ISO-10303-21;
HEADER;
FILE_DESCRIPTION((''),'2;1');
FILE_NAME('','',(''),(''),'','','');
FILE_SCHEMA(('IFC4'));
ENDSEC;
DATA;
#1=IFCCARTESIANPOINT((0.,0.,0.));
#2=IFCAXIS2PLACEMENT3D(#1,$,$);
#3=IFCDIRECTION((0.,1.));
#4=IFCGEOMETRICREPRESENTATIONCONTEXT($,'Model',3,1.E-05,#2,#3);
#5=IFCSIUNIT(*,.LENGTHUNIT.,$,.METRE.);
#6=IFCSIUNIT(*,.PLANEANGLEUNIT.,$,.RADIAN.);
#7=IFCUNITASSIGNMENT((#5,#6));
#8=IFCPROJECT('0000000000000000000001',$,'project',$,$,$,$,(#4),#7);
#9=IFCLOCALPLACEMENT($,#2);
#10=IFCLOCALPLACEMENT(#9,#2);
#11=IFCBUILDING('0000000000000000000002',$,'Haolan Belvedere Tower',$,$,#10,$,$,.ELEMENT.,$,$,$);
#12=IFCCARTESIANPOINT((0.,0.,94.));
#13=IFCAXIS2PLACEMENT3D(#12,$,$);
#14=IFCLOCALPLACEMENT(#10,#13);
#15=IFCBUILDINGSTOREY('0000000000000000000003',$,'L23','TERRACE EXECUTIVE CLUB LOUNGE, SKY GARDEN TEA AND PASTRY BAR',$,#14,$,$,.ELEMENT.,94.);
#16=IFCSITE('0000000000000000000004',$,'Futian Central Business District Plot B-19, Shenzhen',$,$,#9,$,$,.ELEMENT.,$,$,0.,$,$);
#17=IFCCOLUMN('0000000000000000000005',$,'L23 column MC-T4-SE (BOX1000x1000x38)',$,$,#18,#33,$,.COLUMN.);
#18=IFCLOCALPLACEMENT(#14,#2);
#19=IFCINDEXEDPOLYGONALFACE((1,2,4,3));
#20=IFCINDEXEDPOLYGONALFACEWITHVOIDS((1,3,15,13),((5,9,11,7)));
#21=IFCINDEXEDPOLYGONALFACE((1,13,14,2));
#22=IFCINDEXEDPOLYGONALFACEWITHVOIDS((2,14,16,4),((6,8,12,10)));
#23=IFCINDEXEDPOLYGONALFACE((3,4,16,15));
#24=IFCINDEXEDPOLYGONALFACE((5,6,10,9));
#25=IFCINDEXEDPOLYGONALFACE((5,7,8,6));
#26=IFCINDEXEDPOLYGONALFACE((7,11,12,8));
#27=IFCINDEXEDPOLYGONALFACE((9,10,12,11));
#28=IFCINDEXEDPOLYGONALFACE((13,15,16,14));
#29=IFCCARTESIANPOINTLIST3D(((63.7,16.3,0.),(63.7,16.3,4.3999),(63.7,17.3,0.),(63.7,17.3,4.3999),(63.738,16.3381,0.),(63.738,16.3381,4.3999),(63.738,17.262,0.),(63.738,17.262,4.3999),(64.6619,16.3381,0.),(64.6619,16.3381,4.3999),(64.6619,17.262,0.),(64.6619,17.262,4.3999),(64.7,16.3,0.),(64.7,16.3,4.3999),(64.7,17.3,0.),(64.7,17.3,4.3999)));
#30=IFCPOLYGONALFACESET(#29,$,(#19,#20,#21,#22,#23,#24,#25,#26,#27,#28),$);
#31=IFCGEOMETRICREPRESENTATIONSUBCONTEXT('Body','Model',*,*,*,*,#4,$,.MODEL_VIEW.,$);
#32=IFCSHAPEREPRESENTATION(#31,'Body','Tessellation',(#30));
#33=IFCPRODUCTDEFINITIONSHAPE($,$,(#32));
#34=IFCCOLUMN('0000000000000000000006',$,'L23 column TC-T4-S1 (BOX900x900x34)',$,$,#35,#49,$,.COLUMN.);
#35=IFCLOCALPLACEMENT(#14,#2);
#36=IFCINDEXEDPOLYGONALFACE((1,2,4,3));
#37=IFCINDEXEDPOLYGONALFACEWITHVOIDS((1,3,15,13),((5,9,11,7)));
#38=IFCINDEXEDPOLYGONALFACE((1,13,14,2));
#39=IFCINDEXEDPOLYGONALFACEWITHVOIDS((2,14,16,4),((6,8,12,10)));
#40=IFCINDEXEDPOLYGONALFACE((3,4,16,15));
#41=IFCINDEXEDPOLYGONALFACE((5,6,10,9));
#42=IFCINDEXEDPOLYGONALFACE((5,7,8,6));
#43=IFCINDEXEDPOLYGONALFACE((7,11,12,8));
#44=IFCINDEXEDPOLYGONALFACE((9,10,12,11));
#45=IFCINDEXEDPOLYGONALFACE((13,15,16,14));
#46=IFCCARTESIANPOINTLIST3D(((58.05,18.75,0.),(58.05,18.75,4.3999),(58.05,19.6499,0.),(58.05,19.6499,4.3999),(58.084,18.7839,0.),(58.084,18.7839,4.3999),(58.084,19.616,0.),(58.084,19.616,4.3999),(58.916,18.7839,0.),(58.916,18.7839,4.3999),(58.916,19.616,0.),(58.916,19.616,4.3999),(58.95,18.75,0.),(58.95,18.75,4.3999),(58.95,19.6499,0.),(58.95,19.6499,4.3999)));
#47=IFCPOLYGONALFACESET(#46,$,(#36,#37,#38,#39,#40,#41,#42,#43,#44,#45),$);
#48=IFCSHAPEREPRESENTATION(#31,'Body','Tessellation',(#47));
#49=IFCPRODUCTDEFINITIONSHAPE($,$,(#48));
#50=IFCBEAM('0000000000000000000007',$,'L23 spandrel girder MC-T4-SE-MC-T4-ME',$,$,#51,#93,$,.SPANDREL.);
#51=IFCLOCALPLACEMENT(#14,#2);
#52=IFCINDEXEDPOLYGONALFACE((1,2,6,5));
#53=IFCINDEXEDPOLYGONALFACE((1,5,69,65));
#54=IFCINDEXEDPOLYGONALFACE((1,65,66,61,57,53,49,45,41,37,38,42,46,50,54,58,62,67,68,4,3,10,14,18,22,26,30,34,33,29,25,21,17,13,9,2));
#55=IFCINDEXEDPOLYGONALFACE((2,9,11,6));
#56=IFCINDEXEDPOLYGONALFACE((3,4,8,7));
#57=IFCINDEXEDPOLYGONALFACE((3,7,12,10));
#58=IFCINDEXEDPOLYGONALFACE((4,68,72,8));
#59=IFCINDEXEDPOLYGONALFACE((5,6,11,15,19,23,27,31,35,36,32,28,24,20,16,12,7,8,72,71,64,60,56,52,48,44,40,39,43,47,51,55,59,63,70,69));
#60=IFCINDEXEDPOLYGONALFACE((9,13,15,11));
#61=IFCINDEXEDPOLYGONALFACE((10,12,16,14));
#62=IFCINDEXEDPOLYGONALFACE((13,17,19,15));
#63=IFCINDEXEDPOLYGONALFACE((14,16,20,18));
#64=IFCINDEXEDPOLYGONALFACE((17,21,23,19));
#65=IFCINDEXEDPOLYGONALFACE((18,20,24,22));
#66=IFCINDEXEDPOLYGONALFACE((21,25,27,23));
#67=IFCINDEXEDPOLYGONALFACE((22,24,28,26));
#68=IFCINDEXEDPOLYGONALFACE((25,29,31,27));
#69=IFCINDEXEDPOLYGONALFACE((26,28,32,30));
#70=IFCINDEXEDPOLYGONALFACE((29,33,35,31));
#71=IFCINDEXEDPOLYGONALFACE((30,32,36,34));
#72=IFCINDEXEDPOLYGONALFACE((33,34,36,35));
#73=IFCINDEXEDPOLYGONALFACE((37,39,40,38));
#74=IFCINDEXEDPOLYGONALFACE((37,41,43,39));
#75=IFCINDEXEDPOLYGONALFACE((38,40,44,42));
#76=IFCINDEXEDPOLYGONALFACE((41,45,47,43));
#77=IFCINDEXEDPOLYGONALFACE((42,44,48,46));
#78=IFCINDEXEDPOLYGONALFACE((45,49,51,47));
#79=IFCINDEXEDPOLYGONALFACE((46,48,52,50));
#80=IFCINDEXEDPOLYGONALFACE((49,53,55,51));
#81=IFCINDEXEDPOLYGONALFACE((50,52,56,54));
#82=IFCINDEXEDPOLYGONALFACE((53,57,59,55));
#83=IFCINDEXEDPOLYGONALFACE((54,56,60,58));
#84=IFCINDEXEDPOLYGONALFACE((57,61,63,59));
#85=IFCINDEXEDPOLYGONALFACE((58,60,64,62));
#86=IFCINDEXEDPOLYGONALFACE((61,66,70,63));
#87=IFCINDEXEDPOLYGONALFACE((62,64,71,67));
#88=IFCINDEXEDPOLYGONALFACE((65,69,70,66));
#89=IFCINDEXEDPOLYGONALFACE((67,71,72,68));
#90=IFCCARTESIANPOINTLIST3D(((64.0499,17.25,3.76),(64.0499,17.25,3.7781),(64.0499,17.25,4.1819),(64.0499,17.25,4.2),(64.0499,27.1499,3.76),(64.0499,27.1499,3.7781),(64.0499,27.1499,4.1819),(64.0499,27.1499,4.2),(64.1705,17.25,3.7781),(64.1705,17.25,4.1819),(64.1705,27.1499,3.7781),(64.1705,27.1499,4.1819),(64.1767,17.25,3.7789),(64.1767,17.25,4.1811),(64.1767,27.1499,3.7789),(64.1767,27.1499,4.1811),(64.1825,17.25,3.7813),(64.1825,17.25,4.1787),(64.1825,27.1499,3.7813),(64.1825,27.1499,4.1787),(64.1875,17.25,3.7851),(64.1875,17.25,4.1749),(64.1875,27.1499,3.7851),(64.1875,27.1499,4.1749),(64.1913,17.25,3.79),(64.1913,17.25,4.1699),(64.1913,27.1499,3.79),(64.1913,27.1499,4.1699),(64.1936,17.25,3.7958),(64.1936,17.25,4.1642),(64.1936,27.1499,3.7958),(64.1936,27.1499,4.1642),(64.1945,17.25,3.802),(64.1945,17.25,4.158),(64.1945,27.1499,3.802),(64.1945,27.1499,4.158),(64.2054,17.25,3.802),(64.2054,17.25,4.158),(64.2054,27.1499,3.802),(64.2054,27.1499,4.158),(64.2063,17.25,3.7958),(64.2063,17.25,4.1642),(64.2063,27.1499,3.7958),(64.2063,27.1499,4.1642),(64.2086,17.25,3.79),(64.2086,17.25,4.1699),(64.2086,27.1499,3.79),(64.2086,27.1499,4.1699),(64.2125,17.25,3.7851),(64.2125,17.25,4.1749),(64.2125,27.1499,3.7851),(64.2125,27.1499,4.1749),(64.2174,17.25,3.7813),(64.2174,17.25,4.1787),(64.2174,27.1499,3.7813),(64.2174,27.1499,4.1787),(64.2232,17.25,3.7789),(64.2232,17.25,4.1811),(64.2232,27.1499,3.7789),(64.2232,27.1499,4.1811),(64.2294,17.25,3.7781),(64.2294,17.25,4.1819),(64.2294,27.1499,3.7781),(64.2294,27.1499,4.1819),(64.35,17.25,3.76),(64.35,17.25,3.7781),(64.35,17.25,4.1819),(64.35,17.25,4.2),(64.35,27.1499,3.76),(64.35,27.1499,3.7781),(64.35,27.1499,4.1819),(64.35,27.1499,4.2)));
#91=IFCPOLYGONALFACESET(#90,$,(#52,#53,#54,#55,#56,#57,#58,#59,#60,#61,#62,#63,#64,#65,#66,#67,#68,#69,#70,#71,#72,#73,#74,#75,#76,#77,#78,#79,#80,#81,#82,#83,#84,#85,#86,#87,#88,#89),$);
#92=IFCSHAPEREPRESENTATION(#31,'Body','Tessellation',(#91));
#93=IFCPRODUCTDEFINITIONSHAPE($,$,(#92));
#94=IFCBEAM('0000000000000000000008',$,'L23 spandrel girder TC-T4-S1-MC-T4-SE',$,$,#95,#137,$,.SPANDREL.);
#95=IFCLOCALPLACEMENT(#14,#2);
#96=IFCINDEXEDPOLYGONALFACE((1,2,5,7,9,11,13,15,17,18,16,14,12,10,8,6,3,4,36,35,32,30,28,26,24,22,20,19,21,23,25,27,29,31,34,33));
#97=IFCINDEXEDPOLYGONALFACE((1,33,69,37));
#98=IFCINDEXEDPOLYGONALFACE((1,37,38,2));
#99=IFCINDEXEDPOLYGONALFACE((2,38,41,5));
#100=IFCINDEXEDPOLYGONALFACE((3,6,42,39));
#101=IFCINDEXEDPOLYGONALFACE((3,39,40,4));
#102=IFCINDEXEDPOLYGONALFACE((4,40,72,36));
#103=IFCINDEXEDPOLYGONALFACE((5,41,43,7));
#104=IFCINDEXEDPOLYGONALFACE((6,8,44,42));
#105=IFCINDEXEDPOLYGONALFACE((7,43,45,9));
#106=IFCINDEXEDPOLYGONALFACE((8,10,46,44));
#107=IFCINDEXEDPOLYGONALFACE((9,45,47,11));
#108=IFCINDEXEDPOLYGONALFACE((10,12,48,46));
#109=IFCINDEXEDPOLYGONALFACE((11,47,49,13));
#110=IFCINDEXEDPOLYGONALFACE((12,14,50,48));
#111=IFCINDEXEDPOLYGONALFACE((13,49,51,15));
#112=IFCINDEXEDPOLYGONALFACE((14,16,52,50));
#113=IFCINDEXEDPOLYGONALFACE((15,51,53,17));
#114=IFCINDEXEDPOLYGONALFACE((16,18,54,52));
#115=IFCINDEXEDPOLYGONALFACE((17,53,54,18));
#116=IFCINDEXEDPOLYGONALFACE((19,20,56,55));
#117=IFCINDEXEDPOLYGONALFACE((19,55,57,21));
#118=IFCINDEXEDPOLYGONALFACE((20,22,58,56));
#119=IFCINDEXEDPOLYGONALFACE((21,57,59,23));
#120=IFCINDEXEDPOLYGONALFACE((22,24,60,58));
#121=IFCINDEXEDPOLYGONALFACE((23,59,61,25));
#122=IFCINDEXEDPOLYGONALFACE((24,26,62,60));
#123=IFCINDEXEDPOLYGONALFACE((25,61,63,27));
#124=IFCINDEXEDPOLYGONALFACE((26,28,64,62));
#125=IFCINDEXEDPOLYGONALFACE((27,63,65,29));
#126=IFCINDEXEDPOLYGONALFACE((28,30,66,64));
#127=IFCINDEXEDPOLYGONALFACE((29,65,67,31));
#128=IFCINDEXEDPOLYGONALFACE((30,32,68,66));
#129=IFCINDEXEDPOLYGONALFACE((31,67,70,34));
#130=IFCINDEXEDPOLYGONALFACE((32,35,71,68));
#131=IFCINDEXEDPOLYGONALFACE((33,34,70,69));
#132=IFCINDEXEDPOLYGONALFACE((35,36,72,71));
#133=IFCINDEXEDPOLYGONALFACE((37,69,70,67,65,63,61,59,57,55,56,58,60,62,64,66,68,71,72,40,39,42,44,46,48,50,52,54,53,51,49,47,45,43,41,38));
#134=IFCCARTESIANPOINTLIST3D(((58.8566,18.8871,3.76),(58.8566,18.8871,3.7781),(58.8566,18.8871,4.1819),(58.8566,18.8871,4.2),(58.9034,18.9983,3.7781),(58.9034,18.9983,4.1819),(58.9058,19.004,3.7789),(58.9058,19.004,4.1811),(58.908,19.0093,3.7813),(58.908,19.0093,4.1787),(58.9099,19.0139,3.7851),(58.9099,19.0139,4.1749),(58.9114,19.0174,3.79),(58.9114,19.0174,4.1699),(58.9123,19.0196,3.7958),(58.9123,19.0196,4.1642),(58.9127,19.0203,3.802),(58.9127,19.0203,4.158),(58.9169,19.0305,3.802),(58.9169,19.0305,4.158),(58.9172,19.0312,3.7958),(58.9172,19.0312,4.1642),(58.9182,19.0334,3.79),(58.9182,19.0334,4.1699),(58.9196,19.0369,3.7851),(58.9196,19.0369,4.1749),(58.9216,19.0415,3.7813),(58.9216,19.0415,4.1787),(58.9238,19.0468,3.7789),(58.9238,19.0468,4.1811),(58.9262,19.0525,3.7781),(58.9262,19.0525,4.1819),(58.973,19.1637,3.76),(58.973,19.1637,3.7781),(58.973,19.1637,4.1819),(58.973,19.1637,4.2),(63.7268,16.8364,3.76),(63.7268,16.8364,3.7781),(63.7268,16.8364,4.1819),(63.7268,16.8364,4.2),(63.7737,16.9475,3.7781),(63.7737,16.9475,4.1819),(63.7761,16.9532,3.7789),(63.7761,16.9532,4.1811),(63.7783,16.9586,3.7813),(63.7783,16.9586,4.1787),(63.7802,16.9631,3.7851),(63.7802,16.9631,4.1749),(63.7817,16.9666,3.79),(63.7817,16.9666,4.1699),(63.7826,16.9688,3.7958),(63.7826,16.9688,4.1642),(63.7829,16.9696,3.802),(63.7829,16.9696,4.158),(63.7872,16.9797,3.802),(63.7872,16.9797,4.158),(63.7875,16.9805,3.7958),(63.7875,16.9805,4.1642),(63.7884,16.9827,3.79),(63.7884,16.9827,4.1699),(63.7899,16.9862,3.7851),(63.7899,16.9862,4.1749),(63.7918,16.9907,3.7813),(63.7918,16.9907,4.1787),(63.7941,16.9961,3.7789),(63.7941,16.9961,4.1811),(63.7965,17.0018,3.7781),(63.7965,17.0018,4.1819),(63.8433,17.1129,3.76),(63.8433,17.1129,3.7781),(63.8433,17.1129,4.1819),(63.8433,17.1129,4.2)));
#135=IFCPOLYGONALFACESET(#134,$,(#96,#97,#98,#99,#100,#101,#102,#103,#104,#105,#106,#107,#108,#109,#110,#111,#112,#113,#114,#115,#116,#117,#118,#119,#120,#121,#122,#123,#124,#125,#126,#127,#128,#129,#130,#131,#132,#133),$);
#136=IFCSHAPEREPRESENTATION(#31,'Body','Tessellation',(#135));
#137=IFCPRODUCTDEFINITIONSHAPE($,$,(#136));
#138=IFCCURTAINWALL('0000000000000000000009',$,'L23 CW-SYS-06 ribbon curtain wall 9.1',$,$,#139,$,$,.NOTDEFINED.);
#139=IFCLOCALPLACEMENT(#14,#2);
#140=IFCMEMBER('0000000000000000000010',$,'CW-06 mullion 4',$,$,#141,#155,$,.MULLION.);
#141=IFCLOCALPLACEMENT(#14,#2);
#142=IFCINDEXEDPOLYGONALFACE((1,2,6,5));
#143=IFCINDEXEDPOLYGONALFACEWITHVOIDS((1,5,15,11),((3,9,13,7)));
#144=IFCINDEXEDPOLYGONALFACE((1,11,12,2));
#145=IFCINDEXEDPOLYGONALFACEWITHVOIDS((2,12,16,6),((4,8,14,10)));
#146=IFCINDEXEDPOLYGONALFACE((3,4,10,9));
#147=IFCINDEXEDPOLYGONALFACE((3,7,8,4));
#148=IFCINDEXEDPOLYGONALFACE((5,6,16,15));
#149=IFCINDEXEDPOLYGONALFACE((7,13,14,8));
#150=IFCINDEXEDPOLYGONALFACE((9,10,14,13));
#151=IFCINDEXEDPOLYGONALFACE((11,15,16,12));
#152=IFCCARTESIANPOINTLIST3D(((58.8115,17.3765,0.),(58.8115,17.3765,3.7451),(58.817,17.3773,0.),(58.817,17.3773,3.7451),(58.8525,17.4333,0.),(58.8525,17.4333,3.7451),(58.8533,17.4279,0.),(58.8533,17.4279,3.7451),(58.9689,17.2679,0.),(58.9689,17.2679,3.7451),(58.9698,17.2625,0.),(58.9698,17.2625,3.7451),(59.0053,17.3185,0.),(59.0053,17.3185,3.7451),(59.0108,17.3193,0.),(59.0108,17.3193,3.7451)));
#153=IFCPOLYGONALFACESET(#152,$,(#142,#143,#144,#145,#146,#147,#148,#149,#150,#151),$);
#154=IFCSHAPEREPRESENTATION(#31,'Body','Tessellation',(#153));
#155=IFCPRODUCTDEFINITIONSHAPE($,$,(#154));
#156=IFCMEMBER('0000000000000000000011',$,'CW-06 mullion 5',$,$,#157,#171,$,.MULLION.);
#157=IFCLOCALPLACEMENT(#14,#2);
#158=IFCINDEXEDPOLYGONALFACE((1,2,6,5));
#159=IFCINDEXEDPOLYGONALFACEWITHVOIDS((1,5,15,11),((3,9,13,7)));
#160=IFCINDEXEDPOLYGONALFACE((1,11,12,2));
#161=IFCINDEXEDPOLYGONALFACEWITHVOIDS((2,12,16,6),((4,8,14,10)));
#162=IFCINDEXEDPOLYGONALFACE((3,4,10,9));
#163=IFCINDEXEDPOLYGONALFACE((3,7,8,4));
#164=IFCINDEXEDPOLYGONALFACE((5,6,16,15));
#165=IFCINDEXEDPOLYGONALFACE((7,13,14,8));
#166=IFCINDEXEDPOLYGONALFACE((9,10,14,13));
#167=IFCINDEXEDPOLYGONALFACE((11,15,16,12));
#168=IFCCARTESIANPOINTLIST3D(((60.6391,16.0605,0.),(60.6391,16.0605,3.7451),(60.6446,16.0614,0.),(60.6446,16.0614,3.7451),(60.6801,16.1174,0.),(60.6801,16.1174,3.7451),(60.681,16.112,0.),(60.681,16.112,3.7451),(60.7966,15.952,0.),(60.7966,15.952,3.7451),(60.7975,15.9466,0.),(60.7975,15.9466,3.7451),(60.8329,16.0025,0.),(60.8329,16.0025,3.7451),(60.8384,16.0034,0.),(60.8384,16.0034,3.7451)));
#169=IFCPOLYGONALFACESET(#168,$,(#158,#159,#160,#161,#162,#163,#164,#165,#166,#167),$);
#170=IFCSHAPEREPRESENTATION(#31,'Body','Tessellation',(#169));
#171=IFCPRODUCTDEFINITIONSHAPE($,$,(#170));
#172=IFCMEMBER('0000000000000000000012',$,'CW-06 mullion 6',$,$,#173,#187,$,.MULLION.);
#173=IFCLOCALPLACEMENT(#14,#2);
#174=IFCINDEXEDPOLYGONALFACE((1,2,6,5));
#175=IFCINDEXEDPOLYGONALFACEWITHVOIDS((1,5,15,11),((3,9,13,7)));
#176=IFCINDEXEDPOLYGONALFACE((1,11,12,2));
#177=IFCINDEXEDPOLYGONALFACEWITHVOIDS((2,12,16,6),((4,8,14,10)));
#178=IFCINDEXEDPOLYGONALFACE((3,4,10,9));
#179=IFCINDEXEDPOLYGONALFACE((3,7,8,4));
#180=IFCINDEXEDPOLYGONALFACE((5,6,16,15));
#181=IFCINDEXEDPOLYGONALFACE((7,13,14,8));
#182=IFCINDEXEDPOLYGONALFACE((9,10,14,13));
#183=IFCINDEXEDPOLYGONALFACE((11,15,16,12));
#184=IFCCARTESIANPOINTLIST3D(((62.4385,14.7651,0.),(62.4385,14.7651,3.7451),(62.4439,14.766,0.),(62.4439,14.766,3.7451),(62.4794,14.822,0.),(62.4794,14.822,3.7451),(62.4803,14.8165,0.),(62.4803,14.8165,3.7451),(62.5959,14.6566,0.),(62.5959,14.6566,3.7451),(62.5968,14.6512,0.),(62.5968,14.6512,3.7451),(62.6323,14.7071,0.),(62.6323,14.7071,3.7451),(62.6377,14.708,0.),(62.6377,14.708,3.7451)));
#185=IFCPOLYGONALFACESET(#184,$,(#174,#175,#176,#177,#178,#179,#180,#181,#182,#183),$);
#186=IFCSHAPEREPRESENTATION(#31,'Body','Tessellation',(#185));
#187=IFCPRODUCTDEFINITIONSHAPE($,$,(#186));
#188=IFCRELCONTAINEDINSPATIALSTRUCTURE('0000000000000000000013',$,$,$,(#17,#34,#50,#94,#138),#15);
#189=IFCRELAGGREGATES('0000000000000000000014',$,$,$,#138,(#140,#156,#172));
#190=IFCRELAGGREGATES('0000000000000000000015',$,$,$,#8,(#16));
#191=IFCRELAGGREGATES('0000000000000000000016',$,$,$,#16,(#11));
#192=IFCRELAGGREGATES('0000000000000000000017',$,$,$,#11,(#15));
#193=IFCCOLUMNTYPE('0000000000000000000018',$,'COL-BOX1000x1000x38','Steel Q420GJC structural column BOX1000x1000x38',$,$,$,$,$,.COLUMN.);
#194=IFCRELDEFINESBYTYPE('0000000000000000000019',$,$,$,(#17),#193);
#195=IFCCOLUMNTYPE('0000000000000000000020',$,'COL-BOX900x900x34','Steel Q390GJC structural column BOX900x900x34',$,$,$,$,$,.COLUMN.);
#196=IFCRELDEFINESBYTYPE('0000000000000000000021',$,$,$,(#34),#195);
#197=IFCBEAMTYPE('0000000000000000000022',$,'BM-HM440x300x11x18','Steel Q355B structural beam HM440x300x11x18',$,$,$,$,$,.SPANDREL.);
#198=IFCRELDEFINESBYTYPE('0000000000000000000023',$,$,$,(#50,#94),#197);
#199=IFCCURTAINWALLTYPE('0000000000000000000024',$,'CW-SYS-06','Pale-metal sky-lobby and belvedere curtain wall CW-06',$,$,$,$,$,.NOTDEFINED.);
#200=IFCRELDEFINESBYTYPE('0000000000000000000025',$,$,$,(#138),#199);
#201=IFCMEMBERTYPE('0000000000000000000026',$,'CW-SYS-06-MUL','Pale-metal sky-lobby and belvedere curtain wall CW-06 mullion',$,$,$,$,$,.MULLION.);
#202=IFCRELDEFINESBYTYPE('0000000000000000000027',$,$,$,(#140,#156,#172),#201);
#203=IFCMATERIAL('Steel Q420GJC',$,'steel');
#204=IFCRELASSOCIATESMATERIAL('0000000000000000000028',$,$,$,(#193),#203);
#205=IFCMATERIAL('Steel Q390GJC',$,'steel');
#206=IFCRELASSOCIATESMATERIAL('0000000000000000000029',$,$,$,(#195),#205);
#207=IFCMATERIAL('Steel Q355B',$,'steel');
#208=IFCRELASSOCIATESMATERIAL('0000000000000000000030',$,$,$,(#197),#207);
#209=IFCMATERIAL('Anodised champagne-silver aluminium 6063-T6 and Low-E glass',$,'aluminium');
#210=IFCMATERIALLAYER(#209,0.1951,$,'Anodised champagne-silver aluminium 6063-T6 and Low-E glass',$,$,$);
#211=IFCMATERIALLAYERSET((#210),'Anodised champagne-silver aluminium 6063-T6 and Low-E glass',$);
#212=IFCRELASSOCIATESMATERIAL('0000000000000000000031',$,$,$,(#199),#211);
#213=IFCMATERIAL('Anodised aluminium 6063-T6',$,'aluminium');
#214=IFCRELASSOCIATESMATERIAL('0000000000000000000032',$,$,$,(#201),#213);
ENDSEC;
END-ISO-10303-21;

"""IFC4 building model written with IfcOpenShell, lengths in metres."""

from ifc_helpers import new_model, si_unit, direction, frame, origin, origin_2d, place, context, subcontext, project, spatial, hollow_rectangle, i_section, extrude, material, layer, layer_set, material_profile, profile_set, type_object, element, aggregate, save


model = new_model("IFC4")

# Units and contexts
model_context = context("Model", 3, precision=1e-05, world=origin(), true_north=direction((0.0, 1.0)))
body_context = subcontext(model_context, "Body", "Model", "MODEL_VIEW")
ifc_project = project(units=[si_unit("LENGTHUNIT", "METRE"), si_unit("PLANEANGLEUNIT", "RADIAN")], contexts=[model_context])

# Site, building, storey
site_placement = place(None, origin())
site = spatial("IfcSite", under=ifc_project, at=site_placement, Name="Futian Central Business District Plot B-19, Shenzhen", CompositionType="ELEMENT", RefElevation=0.0)
building_placement = place(site_placement, origin())
building = spatial("IfcBuilding", under=site, at=building_placement, Name="Haolan Belvedere Tower", CompositionType="ELEMENT")
storey_placement = place(building_placement, frame((0.0, 0.0, 94.0)))
storey = spatial("IfcBuildingStorey", under=building, at=storey_placement, Name="L23", Description="TERRACE EXECUTIVE CLUB LOUNGE, SKY GARDEN TEA AND PASTRY BAR", CompositionType="ELEMENT", Elevation=94.0)

# Columns
ifc_material_1 = material(Name="Steel Q420GJC", Category="steel")
ifc_material_profile_1 = material_profile(ifc_material_1, hollow_rectangle(XDim=1.0, YDim=1.0, WallThickness=0.0381, at=origin_2d()), Name="Steel Q420GJC")
ifc_profile_set_1 = profile_set([ifc_material_profile_1], Name="Steel Q420GJC")
column_type_1 = type_object("IfcColumnType", Name="COL-BOX1000x1000x38", Description="Steel Q420GJC structural column BOX1000x1000x38", PredefinedType="COLUMN", material=ifc_profile_set_1)
column_1_placement = place(storey_placement, frame((64.2, 16.8, 0.0), z_axis=(0.0, 0.0, 1.0), x_axis=(1.0, 0.0, 0.0)))
element("IfcColumn", 1, at=column_1_placement, inside=storey, type_object=column_type_1, Name="L23 column MC-T4-SE (BOX1000x1000x38)", PredefinedType="COLUMN", context=body_context, shape_type="SweptSolid", body=[
    extrude(hollow_rectangle(XDim=1.0, YDim=1.0, WallThickness=0.0381, at=origin_2d()), origin(), (0.0, 0.0, 1.0), 4.3999),
])
ifc_material_2 = material(Name="Steel Q390GJC", Category="steel")
ifc_material_profile_2 = material_profile(ifc_material_2, hollow_rectangle(XDim=0.8999, YDim=0.8999, WallThickness=0.0339, at=origin_2d()), Name="Steel Q390GJC")
ifc_profile_set_2 = profile_set([ifc_material_profile_2], Name="Steel Q390GJC")
column_type_2 = type_object("IfcColumnType", Name="COL-BOX900x900x34", Description="Steel Q390GJC structural column BOX900x900x34", PredefinedType="COLUMN", material=ifc_profile_set_2)
column_2_placement = place(storey_placement, frame((58.5, 19.2, 0.0), z_axis=(0.0, 0.0, 1.0), x_axis=(1.0, 0.0, 0.0)))
element("IfcColumn", 2, at=column_2_placement, inside=storey, type_object=column_type_2, Name="L23 column TC-T4-S1 (BOX900x900x34)", PredefinedType="COLUMN", context=body_context, shape_type="SweptSolid", body=[
    extrude(hollow_rectangle(XDim=0.8999, YDim=0.8999, WallThickness=0.0339, at=origin_2d()), origin(), (0.0, 0.0, 1.0), 4.3999),
])

# Beams
ifc_material_3 = material(Name="Steel Q355B", Category="steel")
ifc_material_profile_3 = material_profile(ifc_material_3, i_section(OverallWidth=0.3, OverallDepth=0.4399, WebThickness=0.011, FlangeThickness=0.0181, FilletRadius=0.0239, at=origin_2d()), Name="Steel Q355B")
ifc_profile_set_3 = profile_set([ifc_material_profile_3], Name="Steel Q355B")
beam_type = type_object("IfcBeamType", Name="BM-HM440x300x11x18", Description="Steel Q355B structural beam HM440x300x11x18", PredefinedType="SPANDREL", material=ifc_profile_set_3)
beam_1_placement = place(storey_placement, frame((64.2, 17.25, 3.98), z_axis=(0.0, 1.0, 0.0), x_axis=(-1.0, 0.0, 0.0)))
element("IfcBeam", 3, at=beam_1_placement, inside=storey, type_object=beam_type, Name="L23 spandrel girder MC-T4-SE-MC-T4-ME", PredefinedType="SPANDREL", context=body_context, shape_type="SweptSolid", body=[
    extrude(i_section(OverallWidth=0.3, OverallDepth=0.4399, WebThickness=0.011, FlangeThickness=0.0181, FilletRadius=0.0239, at=origin_2d()), origin(), (0.0, 0.0, 1.0), 9.8999),
])
beam_2_placement = place(storey_placement, frame((58.9148, 19.0254, 3.98), z_axis=(0.921628, -0.388074, 0.0), x_axis=(0.388074, 0.921628, 0.0)))
element("IfcBeam", 4, at=beam_2_placement, inside=storey, type_object=beam_type, Name="L23 spandrel girder TC-T4-S1-MC-T4-SE", PredefinedType="SPANDREL", context=body_context, shape_type="SweptSolid", body=[
    extrude(i_section(OverallWidth=0.3, OverallDepth=0.4399, WebThickness=0.011, FlangeThickness=0.0181, FilletRadius=0.0239, at=origin_2d()), origin(), (0.0, 0.0, 1.0), 5.2844),
])

# Curtain wall, members
ifc_material_4 = material(Name="Anodised champagne-silver aluminium 6063-T6 and Low-E glass", Category="aluminium")
ifc_layer_1 = layer(ifc_material_4, 0.1951, Name="Anodised champagne-silver aluminium 6063-T6 and Low-E glass")
ifc_layer_set_1 = layer_set([ifc_layer_1], Name="Anodised champagne-silver aluminium 6063-T6 and Low-E glass")
curtain_wall_type = type_object("IfcCurtainWallType", Name="CW-SYS-06", Description="Pale-metal sky-lobby and belvedere curtain wall CW-06", PredefinedType="NOTDEFINED", material=ifc_layer_set_1)
curtain_wall_placement = place(storey_placement, origin())
curtain_wall = element("IfcCurtainWall", 5, at=curtain_wall_placement, inside=storey, type_object=curtain_wall_type, Name="L23 CW-SYS-06 ribbon curtain wall 9.1", PredefinedType="NOTDEFINED")
ifc_material_5 = material(Name="Anodised aluminium 6063-T6", Category="aluminium")
ifc_material_profile_4 = material_profile(ifc_material_5, hollow_rectangle(XDim=0.0701, YDim=0.1951, WallThickness=0.0039, at=origin_2d()), Name="Anodised aluminium 6063-T6")
ifc_profile_set_4 = profile_set([ifc_material_profile_4], Name="Anodised aluminium 6063-T6")
member_type_1 = type_object("IfcMemberType", Name="CW-SYS-06-MUL", Description="Pale-metal sky-lobby and belvedere curtain wall CW-06 mullion", PredefinedType="MULLION", material=ifc_profile_set_4)
member_1_placement = place(storey_placement, frame((58.9111, 17.3479, 0.0), z_axis=(0.0, 0.0, 1.0), x_axis=(0.584297, 0.81154, 0.0)))
member_1 = element("IfcMember", 6, at=member_1_placement, type_object=member_type_1, Name="CW-06 mullion 4", PredefinedType="MULLION", context=body_context, shape_type="SweptSolid", body=[
    extrude(hollow_rectangle(XDim=0.0701, YDim=0.1951, WallThickness=0.0039, at=origin_2d()), origin(), (0.0, 0.0, 1.0), 3.7451),
])
member_2_placement = place(storey_placement, frame((60.7388, 16.032, 0.0), z_axis=(0.0, 0.0, 1.0), x_axis=(0.584297, 0.81154, 0.0)))
member_2 = element("IfcMember", 7, at=member_2_placement, type_object=member_type_1, Name="CW-06 mullion 5", PredefinedType="MULLION", context=body_context, shape_type="SweptSolid", body=[
    extrude(hollow_rectangle(XDim=0.0701, YDim=0.1951, WallThickness=0.0039, at=origin_2d()), origin(), (0.0, 0.0, 1.0), 3.7451),
])
member_3_placement = place(storey_placement, frame((62.5381, 14.7366, 0.0), z_axis=(0.0, 0.0, 1.0), x_axis=(0.584297, 0.81154, 0.0)))
member_3 = element("IfcMember", 8, at=member_3_placement, type_object=member_type_1, Name="CW-06 mullion 6", PredefinedType="MULLION", context=body_context, shape_type="SweptSolid", body=[
    extrude(hollow_rectangle(XDim=0.0701, YDim=0.1951, WallThickness=0.0039, at=origin_2d()), origin(), (0.0, 0.0, 1.0), 3.7451),
])
aggregate(curtain_wall, [member_1, member_2, member_3])

save(model, "model.ifc")
